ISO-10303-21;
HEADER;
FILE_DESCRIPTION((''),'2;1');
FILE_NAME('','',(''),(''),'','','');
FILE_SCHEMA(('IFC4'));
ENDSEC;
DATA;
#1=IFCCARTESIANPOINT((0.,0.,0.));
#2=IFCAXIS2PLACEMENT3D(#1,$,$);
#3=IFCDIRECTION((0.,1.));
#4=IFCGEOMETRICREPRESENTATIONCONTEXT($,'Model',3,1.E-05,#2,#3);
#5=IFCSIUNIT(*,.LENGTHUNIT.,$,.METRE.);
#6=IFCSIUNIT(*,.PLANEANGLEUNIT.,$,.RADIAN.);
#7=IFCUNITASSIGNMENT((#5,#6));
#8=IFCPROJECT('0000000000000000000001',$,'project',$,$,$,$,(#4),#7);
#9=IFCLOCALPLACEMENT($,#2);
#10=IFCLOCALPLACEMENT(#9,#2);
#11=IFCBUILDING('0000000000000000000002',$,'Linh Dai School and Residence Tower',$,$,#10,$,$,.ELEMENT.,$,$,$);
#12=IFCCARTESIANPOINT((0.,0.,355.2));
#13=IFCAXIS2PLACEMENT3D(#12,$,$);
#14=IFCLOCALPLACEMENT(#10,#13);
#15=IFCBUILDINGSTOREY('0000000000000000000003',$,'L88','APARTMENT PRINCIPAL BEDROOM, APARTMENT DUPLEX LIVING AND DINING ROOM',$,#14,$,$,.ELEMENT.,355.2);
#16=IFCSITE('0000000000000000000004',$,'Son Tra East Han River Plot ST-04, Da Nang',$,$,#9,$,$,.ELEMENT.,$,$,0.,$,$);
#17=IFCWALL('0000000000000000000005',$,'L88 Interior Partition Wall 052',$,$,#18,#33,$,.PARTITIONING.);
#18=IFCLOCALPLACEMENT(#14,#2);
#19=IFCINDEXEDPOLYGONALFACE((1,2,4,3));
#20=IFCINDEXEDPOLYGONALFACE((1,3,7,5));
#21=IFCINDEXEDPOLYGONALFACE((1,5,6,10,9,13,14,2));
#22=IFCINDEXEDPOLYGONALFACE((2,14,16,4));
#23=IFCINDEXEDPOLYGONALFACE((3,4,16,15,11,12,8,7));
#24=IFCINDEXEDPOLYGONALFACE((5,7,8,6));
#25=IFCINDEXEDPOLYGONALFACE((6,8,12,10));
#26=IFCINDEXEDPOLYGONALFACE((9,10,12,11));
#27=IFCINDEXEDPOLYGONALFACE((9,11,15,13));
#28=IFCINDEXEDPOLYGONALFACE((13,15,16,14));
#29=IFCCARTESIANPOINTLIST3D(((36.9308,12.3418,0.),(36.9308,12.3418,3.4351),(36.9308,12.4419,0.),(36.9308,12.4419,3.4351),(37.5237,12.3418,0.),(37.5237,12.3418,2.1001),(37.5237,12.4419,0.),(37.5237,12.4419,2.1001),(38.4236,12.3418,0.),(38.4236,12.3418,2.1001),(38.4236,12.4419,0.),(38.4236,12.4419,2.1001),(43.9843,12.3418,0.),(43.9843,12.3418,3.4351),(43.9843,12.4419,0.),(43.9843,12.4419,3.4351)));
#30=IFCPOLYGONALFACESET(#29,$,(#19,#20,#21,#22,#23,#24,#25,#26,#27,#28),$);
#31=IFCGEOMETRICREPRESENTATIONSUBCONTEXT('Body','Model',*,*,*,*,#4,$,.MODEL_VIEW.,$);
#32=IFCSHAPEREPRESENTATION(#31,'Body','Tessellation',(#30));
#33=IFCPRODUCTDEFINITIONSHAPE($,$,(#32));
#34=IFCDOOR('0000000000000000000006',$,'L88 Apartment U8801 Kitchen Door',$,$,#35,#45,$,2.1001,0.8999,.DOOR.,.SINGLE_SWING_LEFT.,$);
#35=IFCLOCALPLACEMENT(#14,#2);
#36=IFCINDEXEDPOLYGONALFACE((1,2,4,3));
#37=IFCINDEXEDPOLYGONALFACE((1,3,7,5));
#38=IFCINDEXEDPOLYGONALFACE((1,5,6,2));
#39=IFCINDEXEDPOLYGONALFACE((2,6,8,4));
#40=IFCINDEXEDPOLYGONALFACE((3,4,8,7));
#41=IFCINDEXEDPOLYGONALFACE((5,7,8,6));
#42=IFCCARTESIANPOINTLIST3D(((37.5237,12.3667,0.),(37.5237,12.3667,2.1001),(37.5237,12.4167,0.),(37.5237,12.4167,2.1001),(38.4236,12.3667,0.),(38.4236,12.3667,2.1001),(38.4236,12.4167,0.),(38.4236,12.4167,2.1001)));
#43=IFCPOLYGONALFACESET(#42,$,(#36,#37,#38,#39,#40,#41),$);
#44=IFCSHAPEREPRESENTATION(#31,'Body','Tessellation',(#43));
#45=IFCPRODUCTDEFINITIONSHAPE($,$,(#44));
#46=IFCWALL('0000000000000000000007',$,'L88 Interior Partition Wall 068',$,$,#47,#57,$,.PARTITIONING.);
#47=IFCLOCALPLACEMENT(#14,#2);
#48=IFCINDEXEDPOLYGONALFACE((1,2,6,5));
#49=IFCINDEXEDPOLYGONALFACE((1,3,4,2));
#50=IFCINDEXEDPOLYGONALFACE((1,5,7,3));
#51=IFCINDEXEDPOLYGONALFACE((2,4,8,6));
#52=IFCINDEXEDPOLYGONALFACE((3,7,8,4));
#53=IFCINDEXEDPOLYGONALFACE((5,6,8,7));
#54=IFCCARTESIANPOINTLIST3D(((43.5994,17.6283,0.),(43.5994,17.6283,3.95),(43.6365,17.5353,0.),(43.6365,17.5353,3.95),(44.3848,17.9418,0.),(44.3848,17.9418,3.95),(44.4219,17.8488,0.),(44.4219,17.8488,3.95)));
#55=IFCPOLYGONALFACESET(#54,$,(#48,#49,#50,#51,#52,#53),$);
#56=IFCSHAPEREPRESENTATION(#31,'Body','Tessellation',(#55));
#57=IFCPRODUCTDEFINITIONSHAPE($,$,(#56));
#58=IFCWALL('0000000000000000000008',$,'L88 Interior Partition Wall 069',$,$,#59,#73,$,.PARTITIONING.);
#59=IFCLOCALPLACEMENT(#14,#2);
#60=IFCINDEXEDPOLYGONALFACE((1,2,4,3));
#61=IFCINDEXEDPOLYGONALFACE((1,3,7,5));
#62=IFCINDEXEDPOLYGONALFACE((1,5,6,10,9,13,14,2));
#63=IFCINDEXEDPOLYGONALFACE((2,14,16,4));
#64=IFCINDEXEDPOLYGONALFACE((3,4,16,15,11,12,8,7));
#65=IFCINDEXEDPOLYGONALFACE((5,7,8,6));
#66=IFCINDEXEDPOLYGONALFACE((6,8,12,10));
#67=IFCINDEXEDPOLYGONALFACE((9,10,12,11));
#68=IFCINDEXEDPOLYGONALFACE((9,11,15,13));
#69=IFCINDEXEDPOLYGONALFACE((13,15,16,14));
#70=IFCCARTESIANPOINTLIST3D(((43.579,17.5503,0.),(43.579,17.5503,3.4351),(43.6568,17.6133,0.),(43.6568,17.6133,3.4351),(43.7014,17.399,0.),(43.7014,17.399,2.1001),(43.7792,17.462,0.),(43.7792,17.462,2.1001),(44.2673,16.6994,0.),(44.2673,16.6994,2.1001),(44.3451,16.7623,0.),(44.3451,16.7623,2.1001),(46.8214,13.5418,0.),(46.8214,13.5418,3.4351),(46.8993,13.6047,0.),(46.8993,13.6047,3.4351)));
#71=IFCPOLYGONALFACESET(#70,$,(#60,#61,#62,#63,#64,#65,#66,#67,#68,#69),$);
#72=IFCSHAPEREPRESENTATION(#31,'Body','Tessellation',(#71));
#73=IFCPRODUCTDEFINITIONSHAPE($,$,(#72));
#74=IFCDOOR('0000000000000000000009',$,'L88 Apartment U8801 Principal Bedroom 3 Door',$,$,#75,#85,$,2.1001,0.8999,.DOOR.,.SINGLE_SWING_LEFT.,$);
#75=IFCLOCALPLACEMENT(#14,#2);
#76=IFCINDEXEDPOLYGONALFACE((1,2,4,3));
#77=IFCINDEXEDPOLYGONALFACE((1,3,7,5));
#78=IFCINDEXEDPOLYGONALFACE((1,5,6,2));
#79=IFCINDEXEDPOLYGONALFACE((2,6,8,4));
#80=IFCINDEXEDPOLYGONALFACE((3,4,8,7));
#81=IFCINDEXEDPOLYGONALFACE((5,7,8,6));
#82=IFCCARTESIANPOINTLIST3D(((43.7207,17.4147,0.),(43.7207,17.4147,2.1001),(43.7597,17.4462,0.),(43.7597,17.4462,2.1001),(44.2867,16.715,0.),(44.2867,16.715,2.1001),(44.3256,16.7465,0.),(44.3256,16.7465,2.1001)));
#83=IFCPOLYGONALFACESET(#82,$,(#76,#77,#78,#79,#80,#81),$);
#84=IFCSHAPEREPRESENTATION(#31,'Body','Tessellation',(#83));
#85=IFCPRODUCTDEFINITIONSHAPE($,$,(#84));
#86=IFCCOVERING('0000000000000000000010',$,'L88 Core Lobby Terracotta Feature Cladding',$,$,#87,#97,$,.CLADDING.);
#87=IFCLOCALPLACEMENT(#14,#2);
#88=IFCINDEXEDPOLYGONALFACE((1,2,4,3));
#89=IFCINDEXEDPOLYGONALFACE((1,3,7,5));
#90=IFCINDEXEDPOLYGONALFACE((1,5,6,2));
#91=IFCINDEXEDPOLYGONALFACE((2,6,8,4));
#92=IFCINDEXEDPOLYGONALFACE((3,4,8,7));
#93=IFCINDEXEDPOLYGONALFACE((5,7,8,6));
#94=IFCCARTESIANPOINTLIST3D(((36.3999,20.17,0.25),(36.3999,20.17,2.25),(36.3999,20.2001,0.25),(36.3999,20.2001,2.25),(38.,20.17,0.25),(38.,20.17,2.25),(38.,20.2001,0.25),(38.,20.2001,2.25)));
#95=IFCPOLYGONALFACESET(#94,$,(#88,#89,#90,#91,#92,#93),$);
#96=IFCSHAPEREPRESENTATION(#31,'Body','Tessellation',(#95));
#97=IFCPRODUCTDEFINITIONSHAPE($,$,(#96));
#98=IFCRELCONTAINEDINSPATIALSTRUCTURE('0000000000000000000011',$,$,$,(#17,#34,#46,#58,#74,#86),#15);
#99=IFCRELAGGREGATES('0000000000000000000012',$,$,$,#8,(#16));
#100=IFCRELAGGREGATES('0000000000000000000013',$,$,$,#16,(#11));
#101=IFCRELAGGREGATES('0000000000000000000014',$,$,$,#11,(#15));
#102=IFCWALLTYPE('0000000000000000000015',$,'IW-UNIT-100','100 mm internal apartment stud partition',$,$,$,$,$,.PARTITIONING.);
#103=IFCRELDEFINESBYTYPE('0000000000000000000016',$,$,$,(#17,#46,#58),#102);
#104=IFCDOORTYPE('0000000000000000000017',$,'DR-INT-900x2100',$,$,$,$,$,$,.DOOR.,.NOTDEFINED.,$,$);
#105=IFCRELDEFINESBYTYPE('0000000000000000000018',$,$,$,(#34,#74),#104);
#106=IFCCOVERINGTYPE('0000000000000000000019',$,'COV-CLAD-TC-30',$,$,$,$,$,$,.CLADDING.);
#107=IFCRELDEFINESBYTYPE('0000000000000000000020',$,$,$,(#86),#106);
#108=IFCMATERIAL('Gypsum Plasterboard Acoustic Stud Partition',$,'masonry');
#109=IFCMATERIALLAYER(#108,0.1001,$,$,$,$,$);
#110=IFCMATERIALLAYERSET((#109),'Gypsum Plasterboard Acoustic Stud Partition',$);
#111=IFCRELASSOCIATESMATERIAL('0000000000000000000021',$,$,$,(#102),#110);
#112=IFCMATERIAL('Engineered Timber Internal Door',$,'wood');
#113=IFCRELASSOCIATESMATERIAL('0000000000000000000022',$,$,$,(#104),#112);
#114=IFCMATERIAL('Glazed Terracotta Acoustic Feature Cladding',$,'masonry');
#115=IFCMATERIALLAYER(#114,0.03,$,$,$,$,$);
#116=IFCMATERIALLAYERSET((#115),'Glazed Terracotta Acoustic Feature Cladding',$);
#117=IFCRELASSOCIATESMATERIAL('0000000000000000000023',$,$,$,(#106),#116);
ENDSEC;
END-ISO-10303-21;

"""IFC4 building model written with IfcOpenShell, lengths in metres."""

from ifc_helpers import new_model, si_unit, direction, frame, frame_2d, origin, origin_2d, place, context, subcontext, project, spatial, rectangle, extrude, source, transform, mapped, material, layer, layer_set, type_object, element, fill, save


model = new_model("IFC4")

# Units and contexts
model_context = context("Model", 3, precision=1e-05, world=origin(), true_north=direction((0.0, 1.0)))
body_context = subcontext(model_context, "Body", "Model", "MODEL_VIEW")
ifc_project = project(units=[si_unit("LENGTHUNIT", "METRE"), si_unit("PLANEANGLEUNIT", "RADIAN")], contexts=[model_context])

# Site, building, storey
site_placement = place(None, origin())
site = spatial("IfcSite", under=ifc_project, at=site_placement, Name="Son Tra East Han River Plot ST-04, Da Nang", CompositionType="ELEMENT", RefElevation=0.0)
building_placement = place(site_placement, origin())
building = spatial("IfcBuilding", under=site, at=building_placement, Name="Linh Dai School and Residence Tower", CompositionType="ELEMENT")
storey_placement = place(building_placement, frame((0.0, 0.0, 355.2)))
storey = spatial("IfcBuildingStorey", under=building, at=storey_placement, Name="L88", Description="APARTMENT PRINCIPAL BEDROOM, APARTMENT DUPLEX LIVING AND DINING ROOM", CompositionType="ELEMENT", Elevation=355.2)

# Shared definitions
ifc_material_1 = material(Name="Gypsum Plasterboard Acoustic Stud Partition", Category="masonry")
ifc_layer_1 = layer(ifc_material_1, 0.1001)
ifc_layer_set_1 = layer_set([ifc_layer_1], Name="Gypsum Plasterboard Acoustic Stud Partition")
wall_type_1 = type_object("IfcWallType", Name="IW-UNIT-100", Description="100 mm internal apartment stud partition", PredefinedType="PARTITIONING", material=ifc_layer_set_1)

# Wall, opening, door
wall_1_placement = place(storey_placement, frame((36.9307, 12.3918, 0.0), z_axis=(0.0, 0.0, 1.0), x_axis=(1.0, 0.0, 0.0)))
wall_1 = element("IfcWall", 1, at=wall_1_placement, inside=storey, type_object=wall_type_1, Name="L88 Interior Partition Wall 052", PredefinedType="PARTITIONING", context=body_context, shape_type="SweptSolid", body=[
    extrude(rectangle(XDim=7.0535, YDim=0.1001, at=frame_2d((3.5269, 0.0))), origin(), (0.0, 0.0, 1.0), 3.4351),
])
opening_1_placement = place(wall_1_placement, frame((0.593, 0.0, 0.0)))
opening_1 = element("IfcOpeningElement", 2, at=opening_1_placement, cuts=wall_1, PredefinedType="OPENING", context=body_context, shape_type="SweptSolid", body=[
    extrude(rectangle(XDim=0.8999, YDim=2.1001, at=origin_2d()), frame((0.45, 0.0601, 1.05), z_axis=(0.0, -1.0, 0.0), x_axis=(1.0, 0.0, 0.0)), (0.0, 0.0, 1.0), 0.1201),
])
ifc_material_2 = material(Name="Engineered Timber Internal Door", Category="wood")
door_type = type_object("IfcDoorType", Name="DR-INT-900x2100", OperationType="NOTDEFINED", PredefinedType="DOOR", material=ifc_material_2)
shared_shape_1 = source(origin(), body_context, "Body", "SweptSolid", [
    extrude(rectangle(XDim=0.8999, YDim=2.1001, at=origin_2d()), frame((0.45, 0.0249, 1.05), z_axis=(0.0, -1.0, 0.0), x_axis=(1.0, 0.0, 0.0)), (0.0, 0.0, 1.0), 0.05),
])
door_1_placement = place(opening_1_placement, origin())
door_1 = element("IfcDoor", 3, at=door_1_placement, inside=storey, type_object=door_type, Name="L88 Apartment U8801 Kitchen Door", OperationType="SINGLE_SWING_LEFT", OverallHeight=2.1001, OverallWidth=0.8999, PredefinedType="DOOR", context=body_context, shape_type="MappedRepresentation", body=[
    mapped(shared_shape_1, transform((0.0, 0.0, 0.0), x_axis=(1.0, 0.0, 0.0), y_axis=(0.0, 1.0, 0.0), z_axis=(0.0, 0.0, 1.0), scale=1.0)),
])
fill(opening_1, door_1)

# Wall
wall_2_placement = place(storey_placement, frame((43.6179, 17.5818, 0.0), z_axis=(0.0, 0.0, 1.0), x_axis=(0.928755, 0.370694, 0.0)))
element("IfcWall", 4, at=wall_2_placement, inside=storey, type_object=wall_type_1, Name="L88 Interior Partition Wall 068", PredefinedType="PARTITIONING", context=body_context, shape_type="SweptSolid", body=[
    extrude(rectangle(XDim=0.8457, YDim=0.1001, at=frame_2d((0.4229, 0.0))), origin(), (0.0, 0.0, 1.0), 3.95),
])

# Wall, opening, door
wall_3_placement = place(storey_placement, frame((43.6179, 17.5818, 0.0), z_axis=(0.0, 0.0, 1.0), x_axis=(0.628896, -0.77749, 0.0)))
wall_3 = element("IfcWall", 5, at=wall_3_placement, inside=storey, type_object=wall_type_1, Name="L88 Interior Partition Wall 069", PredefinedType="PARTITIONING", context=body_context, shape_type="SweptSolid", body=[
    extrude(rectangle(XDim=5.1558, YDim=0.1001, at=frame_2d((2.5779, 0.0))), origin(), (0.0, 0.0, 1.0), 3.4351),
])
opening_2_placement = place(wall_3_placement, frame((0.1946, 0.0, 0.0)))
opening_2 = element("IfcOpeningElement", 6, at=opening_2_placement, cuts=wall_3, PredefinedType="OPENING", context=body_context, shape_type="SweptSolid", body=[
    extrude(rectangle(XDim=0.8999, YDim=2.1001, at=origin_2d()), frame((0.45, 0.0601, 1.05), z_axis=(0.0, -1.0, 0.0), x_axis=(1.0, 0.0, 0.0)), (0.0, 0.0, 1.0), 0.1201),
])
door_2_placement = place(opening_2_placement, origin())
door_2 = element("IfcDoor", 7, at=door_2_placement, inside=storey, type_object=door_type, Name="L88 Apartment U8801 Principal Bedroom 3 Door", OperationType="SINGLE_SWING_LEFT", OverallHeight=2.1001, OverallWidth=0.8999, PredefinedType="DOOR", context=body_context, shape_type="MappedRepresentation", body=[
    mapped(shared_shape_1, transform((0.0, 0.0, 0.0), x_axis=(1.0, 0.0, 0.0), y_axis=(0.0, 1.0, 0.0), z_axis=(0.0, 0.0, 1.0), scale=1.0)),
])
fill(opening_2, door_2)

# Covering
ifc_material_3 = material(Name="Glazed Terracotta Acoustic Feature Cladding", Category="masonry")
ifc_layer_2 = layer(ifc_material_3, 0.03)
ifc_layer_set_2 = layer_set([ifc_layer_2], Name="Glazed Terracotta Acoustic Feature Cladding")
covering_type = type_object("IfcCoveringType", Name="COV-CLAD-TC-30", PredefinedType="CLADDING", material=ifc_layer_set_2)
shared_shape_2 = source(origin(), body_context, "Body", "SweptSolid", [
    extrude(rectangle(XDim=1.6001, YDim=0.03, at=origin_2d()), origin(), (0.0, 0.0, 1.0), 2.0),
])
covering_placement = place(storey_placement, frame((37.2, 20.1851, 0.25), z_axis=(0.0, 0.0, 1.0), x_axis=(1.0, 0.0, 0.0)))
element("IfcCovering", 8, at=covering_placement, inside=storey, type_object=covering_type, Name="L88 Core Lobby Terracotta Feature Cladding", PredefinedType="CLADDING", context=body_context, shape_type="MappedRepresentation", body=[
    mapped(shared_shape_2, transform((0.0, 0.0, 0.0), x_axis=(1.0, 0.0, 0.0), y_axis=(0.0, 1.0, 0.0), z_axis=(0.0, 0.0, 1.0), scale=1.0)),
])

save(model, "model.ifc")
